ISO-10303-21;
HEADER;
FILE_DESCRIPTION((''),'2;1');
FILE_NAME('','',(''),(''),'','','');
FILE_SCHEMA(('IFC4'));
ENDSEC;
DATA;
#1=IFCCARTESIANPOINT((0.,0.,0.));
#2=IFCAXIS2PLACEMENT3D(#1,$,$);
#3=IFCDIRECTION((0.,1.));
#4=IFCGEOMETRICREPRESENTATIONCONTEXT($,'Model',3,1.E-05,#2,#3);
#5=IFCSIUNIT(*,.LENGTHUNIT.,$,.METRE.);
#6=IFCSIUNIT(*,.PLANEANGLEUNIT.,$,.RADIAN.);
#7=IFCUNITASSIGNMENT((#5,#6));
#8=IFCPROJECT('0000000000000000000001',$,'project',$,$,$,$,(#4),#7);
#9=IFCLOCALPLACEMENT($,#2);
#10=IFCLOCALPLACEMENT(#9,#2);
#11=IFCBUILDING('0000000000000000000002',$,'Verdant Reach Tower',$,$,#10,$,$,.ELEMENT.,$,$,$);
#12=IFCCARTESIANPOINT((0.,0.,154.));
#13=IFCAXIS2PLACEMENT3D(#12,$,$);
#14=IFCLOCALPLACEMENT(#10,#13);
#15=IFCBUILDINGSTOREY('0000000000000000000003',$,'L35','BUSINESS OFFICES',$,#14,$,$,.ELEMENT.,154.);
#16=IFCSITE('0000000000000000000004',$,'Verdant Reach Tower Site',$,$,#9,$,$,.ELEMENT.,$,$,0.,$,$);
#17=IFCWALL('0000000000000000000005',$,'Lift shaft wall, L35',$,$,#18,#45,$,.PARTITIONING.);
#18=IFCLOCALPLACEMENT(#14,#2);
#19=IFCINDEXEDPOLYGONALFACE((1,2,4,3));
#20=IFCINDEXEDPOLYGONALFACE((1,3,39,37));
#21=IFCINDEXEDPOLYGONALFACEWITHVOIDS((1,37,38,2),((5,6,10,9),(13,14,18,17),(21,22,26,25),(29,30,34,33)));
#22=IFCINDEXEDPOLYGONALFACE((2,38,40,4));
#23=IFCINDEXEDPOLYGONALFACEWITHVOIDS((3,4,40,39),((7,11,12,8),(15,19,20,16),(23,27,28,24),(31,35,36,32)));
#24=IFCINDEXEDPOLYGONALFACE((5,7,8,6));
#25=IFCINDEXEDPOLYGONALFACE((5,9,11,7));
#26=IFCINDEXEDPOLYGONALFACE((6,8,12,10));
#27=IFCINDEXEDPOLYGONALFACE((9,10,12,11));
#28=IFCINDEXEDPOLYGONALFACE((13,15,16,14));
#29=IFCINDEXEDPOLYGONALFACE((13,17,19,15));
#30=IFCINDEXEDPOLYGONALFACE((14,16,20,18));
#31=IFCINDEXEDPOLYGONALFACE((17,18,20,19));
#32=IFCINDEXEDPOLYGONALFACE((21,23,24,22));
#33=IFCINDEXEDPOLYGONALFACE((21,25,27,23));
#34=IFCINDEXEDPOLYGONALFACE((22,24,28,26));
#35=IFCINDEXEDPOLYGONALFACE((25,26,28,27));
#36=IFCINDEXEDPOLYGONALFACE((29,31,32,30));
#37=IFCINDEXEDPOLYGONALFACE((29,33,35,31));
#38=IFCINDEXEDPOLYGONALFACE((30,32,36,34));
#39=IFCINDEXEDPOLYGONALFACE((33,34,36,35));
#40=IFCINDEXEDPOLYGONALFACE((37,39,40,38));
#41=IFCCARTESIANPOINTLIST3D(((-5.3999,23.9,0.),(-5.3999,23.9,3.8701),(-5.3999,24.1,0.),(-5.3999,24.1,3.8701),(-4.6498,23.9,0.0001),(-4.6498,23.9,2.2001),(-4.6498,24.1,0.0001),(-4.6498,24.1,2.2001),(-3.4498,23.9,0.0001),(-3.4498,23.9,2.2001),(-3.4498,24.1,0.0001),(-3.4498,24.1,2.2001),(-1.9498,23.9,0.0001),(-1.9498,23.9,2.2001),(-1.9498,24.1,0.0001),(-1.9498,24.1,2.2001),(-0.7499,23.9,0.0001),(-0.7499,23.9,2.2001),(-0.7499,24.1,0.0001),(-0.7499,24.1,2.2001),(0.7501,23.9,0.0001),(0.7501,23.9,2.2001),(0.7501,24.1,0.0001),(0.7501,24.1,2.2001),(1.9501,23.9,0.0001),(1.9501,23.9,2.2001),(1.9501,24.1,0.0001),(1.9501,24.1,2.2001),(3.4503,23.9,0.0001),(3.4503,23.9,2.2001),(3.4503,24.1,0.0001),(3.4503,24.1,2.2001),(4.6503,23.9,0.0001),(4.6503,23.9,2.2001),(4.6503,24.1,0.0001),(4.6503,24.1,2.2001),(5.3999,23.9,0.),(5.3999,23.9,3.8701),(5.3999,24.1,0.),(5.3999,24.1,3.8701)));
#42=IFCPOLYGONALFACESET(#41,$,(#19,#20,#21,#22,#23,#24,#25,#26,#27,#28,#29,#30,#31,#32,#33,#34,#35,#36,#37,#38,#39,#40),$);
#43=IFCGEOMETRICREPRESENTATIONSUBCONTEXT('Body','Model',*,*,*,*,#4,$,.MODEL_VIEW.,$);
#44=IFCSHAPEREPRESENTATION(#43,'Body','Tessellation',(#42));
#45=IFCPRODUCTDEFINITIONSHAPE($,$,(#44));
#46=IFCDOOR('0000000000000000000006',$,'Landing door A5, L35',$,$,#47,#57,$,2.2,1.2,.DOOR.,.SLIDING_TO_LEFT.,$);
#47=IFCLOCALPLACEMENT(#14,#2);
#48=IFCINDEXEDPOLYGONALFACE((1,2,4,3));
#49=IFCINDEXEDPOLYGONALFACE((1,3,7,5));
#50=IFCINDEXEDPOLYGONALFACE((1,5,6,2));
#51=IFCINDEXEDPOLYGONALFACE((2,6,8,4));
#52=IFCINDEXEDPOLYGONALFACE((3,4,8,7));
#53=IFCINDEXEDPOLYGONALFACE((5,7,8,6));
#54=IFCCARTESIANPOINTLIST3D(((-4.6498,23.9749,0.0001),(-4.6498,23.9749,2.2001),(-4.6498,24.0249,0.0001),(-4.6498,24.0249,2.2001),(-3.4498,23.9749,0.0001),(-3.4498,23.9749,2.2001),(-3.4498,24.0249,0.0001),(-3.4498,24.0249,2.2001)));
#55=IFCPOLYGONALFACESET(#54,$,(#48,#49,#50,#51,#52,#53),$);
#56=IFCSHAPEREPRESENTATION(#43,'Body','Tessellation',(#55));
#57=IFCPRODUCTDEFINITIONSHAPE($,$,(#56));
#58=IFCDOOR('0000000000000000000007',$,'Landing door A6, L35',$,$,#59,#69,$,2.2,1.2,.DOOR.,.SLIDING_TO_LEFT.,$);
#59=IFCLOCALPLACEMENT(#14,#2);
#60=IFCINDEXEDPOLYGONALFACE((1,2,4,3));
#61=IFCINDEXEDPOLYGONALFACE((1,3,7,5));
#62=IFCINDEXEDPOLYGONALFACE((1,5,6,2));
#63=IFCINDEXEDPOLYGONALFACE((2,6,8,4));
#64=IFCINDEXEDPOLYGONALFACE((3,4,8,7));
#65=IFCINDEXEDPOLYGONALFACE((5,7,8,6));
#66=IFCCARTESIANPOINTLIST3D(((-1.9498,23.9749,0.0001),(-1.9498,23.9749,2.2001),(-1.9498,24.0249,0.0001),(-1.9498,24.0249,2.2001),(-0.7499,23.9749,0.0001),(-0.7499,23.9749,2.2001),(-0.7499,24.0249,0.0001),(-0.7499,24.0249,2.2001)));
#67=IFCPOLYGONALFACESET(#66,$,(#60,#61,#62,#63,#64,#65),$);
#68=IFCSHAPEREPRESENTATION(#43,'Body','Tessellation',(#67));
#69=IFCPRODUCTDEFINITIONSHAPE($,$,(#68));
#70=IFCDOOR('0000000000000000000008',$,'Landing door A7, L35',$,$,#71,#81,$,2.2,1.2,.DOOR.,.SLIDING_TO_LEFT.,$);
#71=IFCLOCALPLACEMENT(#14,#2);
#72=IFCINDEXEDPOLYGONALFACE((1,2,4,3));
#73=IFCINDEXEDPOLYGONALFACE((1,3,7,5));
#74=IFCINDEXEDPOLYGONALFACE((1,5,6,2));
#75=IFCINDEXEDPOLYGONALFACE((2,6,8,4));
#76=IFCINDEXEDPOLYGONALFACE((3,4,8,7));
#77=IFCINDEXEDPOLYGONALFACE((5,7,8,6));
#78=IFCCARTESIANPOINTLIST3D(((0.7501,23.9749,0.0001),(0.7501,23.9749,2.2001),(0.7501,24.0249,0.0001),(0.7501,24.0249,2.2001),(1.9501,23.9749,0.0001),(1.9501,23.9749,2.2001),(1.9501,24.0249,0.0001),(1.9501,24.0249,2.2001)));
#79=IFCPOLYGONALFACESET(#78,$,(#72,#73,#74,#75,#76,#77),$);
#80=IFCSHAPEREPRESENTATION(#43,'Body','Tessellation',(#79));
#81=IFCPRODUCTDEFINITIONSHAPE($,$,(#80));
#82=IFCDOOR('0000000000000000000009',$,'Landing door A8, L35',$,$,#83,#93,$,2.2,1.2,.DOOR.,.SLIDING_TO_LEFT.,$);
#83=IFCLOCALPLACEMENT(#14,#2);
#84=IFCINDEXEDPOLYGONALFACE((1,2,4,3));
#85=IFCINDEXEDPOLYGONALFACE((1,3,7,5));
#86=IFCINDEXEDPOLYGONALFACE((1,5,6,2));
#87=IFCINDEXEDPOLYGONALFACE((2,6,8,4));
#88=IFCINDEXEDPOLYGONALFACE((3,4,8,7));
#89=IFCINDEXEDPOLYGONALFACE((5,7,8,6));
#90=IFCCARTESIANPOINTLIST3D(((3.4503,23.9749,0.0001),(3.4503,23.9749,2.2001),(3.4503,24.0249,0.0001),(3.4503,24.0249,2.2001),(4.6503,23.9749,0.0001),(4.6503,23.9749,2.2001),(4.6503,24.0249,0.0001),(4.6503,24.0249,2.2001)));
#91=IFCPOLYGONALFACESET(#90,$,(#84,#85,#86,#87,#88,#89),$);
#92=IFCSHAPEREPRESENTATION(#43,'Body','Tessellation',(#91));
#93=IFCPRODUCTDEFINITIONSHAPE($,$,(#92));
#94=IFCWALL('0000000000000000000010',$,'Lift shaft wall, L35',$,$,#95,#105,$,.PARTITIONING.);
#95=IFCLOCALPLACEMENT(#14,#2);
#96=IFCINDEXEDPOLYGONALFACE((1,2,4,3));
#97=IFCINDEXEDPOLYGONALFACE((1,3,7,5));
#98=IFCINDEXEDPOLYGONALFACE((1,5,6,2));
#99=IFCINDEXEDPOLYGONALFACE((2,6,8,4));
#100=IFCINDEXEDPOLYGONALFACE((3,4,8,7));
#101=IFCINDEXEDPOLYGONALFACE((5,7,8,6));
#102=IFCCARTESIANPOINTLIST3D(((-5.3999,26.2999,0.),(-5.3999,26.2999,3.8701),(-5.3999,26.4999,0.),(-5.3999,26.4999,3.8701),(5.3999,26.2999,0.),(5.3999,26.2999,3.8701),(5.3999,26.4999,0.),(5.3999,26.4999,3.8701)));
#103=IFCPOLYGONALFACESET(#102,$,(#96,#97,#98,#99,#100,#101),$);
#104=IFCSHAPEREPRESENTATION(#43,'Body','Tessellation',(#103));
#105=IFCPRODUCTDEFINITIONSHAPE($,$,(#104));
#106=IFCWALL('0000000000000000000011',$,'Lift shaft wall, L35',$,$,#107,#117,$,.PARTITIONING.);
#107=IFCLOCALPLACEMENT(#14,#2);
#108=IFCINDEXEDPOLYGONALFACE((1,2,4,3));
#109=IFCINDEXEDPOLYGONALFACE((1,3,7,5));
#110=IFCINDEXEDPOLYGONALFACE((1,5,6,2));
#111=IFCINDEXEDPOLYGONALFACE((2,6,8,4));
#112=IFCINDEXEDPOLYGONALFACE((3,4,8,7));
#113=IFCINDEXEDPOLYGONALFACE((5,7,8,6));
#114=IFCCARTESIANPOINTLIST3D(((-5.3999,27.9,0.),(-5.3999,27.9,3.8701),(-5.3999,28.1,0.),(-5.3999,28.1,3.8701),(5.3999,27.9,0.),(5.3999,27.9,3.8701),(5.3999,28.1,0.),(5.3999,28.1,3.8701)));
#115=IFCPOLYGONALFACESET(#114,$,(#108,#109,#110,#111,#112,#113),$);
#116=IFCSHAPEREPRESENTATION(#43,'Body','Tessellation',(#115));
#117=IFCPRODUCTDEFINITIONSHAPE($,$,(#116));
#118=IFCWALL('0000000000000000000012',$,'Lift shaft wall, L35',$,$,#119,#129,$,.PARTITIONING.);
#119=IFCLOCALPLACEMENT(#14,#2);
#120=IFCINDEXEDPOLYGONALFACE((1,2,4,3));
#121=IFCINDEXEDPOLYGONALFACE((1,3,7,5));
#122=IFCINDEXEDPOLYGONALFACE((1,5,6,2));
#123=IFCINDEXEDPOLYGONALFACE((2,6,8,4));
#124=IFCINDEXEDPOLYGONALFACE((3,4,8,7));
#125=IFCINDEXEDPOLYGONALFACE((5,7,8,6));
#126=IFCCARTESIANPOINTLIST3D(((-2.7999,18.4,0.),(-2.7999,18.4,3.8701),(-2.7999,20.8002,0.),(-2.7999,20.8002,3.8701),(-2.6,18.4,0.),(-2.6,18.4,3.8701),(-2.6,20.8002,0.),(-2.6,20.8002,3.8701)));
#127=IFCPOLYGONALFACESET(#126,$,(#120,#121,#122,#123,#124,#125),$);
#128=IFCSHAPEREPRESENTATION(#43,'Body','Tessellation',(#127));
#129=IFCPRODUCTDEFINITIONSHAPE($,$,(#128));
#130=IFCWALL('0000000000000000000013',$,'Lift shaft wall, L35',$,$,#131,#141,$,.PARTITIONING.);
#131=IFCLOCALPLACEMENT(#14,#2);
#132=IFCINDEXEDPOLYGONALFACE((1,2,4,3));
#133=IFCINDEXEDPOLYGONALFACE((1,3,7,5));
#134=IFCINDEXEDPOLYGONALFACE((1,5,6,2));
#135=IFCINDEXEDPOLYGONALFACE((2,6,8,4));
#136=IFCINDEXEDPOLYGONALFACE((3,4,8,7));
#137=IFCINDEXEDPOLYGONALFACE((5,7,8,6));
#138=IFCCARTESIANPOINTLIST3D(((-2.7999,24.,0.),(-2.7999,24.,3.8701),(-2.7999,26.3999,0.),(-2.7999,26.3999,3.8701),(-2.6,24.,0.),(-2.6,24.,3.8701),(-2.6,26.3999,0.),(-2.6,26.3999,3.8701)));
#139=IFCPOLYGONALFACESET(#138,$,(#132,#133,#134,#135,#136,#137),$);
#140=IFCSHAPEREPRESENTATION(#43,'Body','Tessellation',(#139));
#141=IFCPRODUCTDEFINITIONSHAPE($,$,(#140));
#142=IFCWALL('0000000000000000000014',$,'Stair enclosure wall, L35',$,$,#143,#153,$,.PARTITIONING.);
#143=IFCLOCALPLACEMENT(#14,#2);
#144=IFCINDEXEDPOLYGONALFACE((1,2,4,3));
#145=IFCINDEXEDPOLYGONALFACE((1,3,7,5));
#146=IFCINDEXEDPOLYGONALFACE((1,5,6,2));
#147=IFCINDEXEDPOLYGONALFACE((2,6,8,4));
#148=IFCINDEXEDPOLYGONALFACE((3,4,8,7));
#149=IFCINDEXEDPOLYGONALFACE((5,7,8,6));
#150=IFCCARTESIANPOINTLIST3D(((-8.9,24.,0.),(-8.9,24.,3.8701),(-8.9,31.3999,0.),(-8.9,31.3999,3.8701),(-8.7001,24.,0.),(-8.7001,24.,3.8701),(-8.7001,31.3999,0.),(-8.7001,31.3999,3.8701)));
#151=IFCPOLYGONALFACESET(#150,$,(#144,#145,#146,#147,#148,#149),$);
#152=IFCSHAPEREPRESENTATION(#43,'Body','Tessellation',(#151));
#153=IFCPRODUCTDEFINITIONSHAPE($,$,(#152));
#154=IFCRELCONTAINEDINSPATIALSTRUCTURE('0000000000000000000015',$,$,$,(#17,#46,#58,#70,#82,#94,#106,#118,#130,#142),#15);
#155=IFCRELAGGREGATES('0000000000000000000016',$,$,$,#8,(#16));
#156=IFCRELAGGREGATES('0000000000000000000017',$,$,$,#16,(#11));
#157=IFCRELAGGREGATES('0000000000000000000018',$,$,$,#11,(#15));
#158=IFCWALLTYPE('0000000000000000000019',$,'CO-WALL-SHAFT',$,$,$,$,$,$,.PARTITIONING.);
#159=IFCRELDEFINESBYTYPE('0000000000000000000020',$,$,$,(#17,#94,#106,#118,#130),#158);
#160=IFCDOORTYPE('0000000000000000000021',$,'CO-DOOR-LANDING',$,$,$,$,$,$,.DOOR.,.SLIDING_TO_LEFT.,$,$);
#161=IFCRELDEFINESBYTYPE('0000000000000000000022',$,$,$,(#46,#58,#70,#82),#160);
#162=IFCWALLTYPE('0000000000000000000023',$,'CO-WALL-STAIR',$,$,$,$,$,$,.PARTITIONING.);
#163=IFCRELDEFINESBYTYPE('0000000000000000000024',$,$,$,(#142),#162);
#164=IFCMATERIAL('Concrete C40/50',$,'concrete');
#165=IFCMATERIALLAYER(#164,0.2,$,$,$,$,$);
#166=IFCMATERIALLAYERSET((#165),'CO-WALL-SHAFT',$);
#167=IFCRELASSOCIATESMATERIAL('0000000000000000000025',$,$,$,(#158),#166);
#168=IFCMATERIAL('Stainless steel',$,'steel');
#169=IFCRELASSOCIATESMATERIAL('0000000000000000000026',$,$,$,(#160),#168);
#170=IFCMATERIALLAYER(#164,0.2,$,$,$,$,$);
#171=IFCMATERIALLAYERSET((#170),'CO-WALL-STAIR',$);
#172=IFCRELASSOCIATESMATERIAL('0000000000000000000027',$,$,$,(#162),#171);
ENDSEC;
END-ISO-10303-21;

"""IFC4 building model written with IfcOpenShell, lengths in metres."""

from ifc_helpers import new_model, si_unit, direction, frame, frame_2d, origin, place, context, subcontext, project, spatial, rectangle, extrude, material, layer, layer_set, type_object, element, fill, save


model = new_model("IFC4")

# Units and contexts
model_context = context("Model", 3, precision=1e-05, world=origin(), true_north=direction((0.0, 1.0)))
body_context = subcontext(model_context, "Body", "Model", "MODEL_VIEW")
ifc_project = project(units=[si_unit("LENGTHUNIT", "METRE"), si_unit("PLANEANGLEUNIT", "RADIAN")], contexts=[model_context])

# Site, building, storey
site_placement = place(None, origin())
site = spatial("IfcSite", under=ifc_project, at=site_placement, Name="Verdant Reach Tower Site", CompositionType="ELEMENT", RefElevation=0.0)
building_placement = place(site_placement, origin())
building = spatial("IfcBuilding", under=site, at=building_placement, Name="Verdant Reach Tower", CompositionType="ELEMENT")
storey_placement = place(building_placement, frame((0.0, 0.0, 154.0)))
storey = spatial("IfcBuildingStorey", under=building, at=storey_placement, Name="L35", Description="BUSINESS OFFICES", CompositionType="ELEMENT", Elevation=154.0)

# Wall, openings, doors
ifc_material_1 = material(Name="Concrete C40/50", Category="concrete")
ifc_layer_1 = layer(ifc_material_1, 0.2)
ifc_layer_set_1 = layer_set([ifc_layer_1], Name="CO-WALL-SHAFT")
wall_type_1 = type_object("IfcWallType", Name="CO-WALL-SHAFT", PredefinedType="PARTITIONING", material=ifc_layer_set_1)
ifc_material_2 = material(Name="Stainless steel", Category="steel")
door_type_1 = type_object("IfcDoorType", Name="CO-DOOR-LANDING", OperationType="SLIDING_TO_LEFT", PredefinedType="DOOR", material=ifc_material_2)
wall_1_placement = place(storey_placement, frame((-5.3999, 24.0, 0.0), z_axis=(0.0, 0.0, 1.0), x_axis=(1.0, 0.0, 0.0)))
wall_1 = element("IfcWall", 1, at=wall_1_placement, inside=storey, type_object=wall_type_1, Name="Lift shaft wall, L35", PredefinedType="PARTITIONING", context=body_context, shape_type="SweptSolid", body=[
    extrude(rectangle(XDim=10.7998, YDim=0.2, at=frame_2d((5.3999, 0.0))), origin(), (0.0, 0.0, 1.0), 3.8701),
])
opening_1_placement = place(wall_1_placement, frame((0.75, 0.0, 0.0)))
opening_1 = element("IfcOpeningElement", 2, at=opening_1_placement, cuts=wall_1, PredefinedType="OPENING", context=body_context, shape_type="SweptSolid", body=[
    extrude(rectangle(XDim=1.2, YDim=2.2, at=frame_2d((0.6001, 1.1001))), frame((0.0, 0.1099, 0.0), z_axis=(0.0, -1.0, 0.0), x_axis=(1.0, 0.0, 0.0)), (0.0, 0.0, 1.0), 0.22),
])
opening_2_placement = place(wall_1_placement, frame((3.45, 0.0, 0.0)))
opening_2 = element("IfcOpeningElement", 3, at=opening_2_placement, cuts=wall_1, PredefinedType="OPENING", context=body_context, shape_type="SweptSolid", body=[
    extrude(rectangle(XDim=1.2, YDim=2.2, at=frame_2d((0.6001, 1.1001))), frame((0.0, 0.1099, 0.0), z_axis=(0.0, -1.0, 0.0), x_axis=(1.0, 0.0, 0.0)), (0.0, 0.0, 1.0), 0.22),
])
opening_3_placement = place(wall_1_placement, frame((6.1499, 0.0, 0.0)))
opening_3 = element("IfcOpeningElement", 4, at=opening_3_placement, cuts=wall_1, PredefinedType="OPENING", context=body_context, shape_type="SweptSolid", body=[
    extrude(rectangle(XDim=1.2, YDim=2.2, at=frame_2d((0.6001, 1.1001))), frame((0.0, 0.1099, 0.0), z_axis=(0.0, -1.0, 0.0), x_axis=(1.0, 0.0, 0.0)), (0.0, 0.0, 1.0), 0.22),
])
opening_4_placement = place(wall_1_placement, frame((8.8501, 0.0, 0.0)))
opening_4 = element("IfcOpeningElement", 5, at=opening_4_placement, cuts=wall_1, PredefinedType="OPENING", context=body_context, shape_type="SweptSolid", body=[
    extrude(rectangle(XDim=1.2, YDim=2.2, at=frame_2d((0.6001, 1.1001))), frame((0.0, 0.1099, 0.0), z_axis=(0.0, -1.0, 0.0), x_axis=(1.0, 0.0, 0.0)), (0.0, 0.0, 1.0), 0.22),
])
door_1_placement = place(opening_1_placement, origin())
door_1 = element("IfcDoor", 6, at=door_1_placement, inside=storey, type_object=door_type_1, Name="Landing door A5, L35", OperationType="SLIDING_TO_LEFT", OverallHeight=2.2, OverallWidth=1.2, PredefinedType="DOOR", context=body_context, shape_type="SweptSolid", body=[
    extrude(rectangle(XDim=1.2, YDim=2.2, at=frame_2d((0.6001, 1.1001))), frame((0.0, 0.0249, 0.0), z_axis=(0.0, -1.0, 0.0), x_axis=(1.0, 0.0, 0.0)), (0.0, 0.0, 1.0), 0.05),
])
fill(opening_1, door_1)
door_2_placement = place(opening_2_placement, origin())
door_2 = element("IfcDoor", 7, at=door_2_placement, inside=storey, type_object=door_type_1, Name="Landing door A6, L35", OperationType="SLIDING_TO_LEFT", OverallHeight=2.2, OverallWidth=1.2, PredefinedType="DOOR", context=body_context, shape_type="SweptSolid", body=[
    extrude(rectangle(XDim=1.2, YDim=2.2, at=frame_2d((0.6001, 1.1001))), frame((0.0, 0.0249, 0.0), z_axis=(0.0, -1.0, 0.0), x_axis=(1.0, 0.0, 0.0)), (0.0, 0.0, 1.0), 0.05),
])
fill(opening_2, door_2)
door_3_placement = place(opening_3_placement, origin())
door_3 = element("IfcDoor", 8, at=door_3_placement, inside=storey, type_object=door_type_1, Name="Landing door A7, L35", OperationType="SLIDING_TO_LEFT", OverallHeight=2.2, OverallWidth=1.2, PredefinedType="DOOR", context=body_context, shape_type="SweptSolid", body=[
    extrude(rectangle(XDim=1.2, YDim=2.2, at=frame_2d((0.6001, 1.1001))), frame((0.0, 0.0249, 0.0), z_axis=(0.0, -1.0, 0.0), x_axis=(1.0, 0.0, 0.0)), (0.0, 0.0, 1.0), 0.05),
])
fill(opening_3, door_3)
door_4_placement = place(opening_4_placement, origin())
door_4 = element("IfcDoor", 9, at=door_4_placement, inside=storey, type_object=door_type_1, Name="Landing door A8, L35", OperationType="SLIDING_TO_LEFT", OverallHeight=2.2, OverallWidth=1.2, PredefinedType="DOOR", context=body_context, shape_type="SweptSolid", body=[
    extrude(rectangle(XDim=1.2, YDim=2.2, at=frame_2d((0.6001, 1.1001))), frame((0.0, 0.0249, 0.0), z_axis=(0.0, -1.0, 0.0), x_axis=(1.0, 0.0, 0.0)), (0.0, 0.0, 1.0), 0.05),
])
fill(opening_4, door_4)

# Walls
for number, where, z_axis, x_axis, name in (
    (10, (-5.3999, 26.3999, 0.0), (0.0, 0.0, 1.0), (1.0, 0.0, 0.0), "Lift shaft wall, L35"),
    (11, (-5.3999, 28.0, 0.0), (0.0, 0.0, 1.0), (1.0, 0.0, 0.0), "Lift shaft wall, L35"),
):
    element("IfcWall", number, at=place(storey_placement, frame(where, z_axis=z_axis, x_axis=x_axis)), inside=storey, type_object=wall_type_1, Name=name, PredefinedType="PARTITIONING", context=body_context, shape_type="SweptSolid", body=[
        extrude(rectangle(XDim=10.7998, YDim=0.2, at=frame_2d((5.3999, 0.0))), origin(), (0.0, 0.0, 1.0), 3.8701),
    ])
wall_2_placement = place(storey_placement, frame((-2.7, 18.3999, 0.0), z_axis=(0.0, 0.0, 1.0), x_axis=(0.0, 1.0, 0.0)))
element("IfcWall", 12, at=wall_2_placement, inside=storey, type_object=wall_type_1, Name="Lift shaft wall, L35", PredefinedType="PARTITIONING", context=body_context, shape_type="SweptSolid", body=[
    extrude(rectangle(XDim=2.4001, YDim=0.2, at=frame_2d((1.2002, 0.0))), origin(), (0.0, 0.0, 1.0), 3.8701),
])
wall_3_placement = place(storey_placement, frame((-2.7, 24.0, 0.0), z_axis=(0.0, 0.0, 1.0), x_axis=(0.0, 1.0, 0.0)))
element("IfcWall", 13, at=wall_3_placement, inside=storey, type_object=wall_type_1, Name="Lift shaft wall, L35", PredefinedType="PARTITIONING", context=body_context, shape_type="SweptSolid", body=[
    extrude(rectangle(XDim=2.3999, YDim=0.2, at=frame_2d((1.2, 0.0))), origin(), (0.0, 0.0, 1.0), 3.8701),
])
ifc_layer_2 = layer(ifc_material_1, 0.2)
ifc_layer_set_2 = layer_set([ifc_layer_2], Name="CO-WALL-STAIR")
wall_type_2 = type_object("IfcWallType", Name="CO-WALL-STAIR", PredefinedType="PARTITIONING", material=ifc_layer_set_2)
wall_4_placement = place(storey_placement, frame((-8.8, 24.0, 0.0), z_axis=(0.0, 0.0, 1.0), x_axis=(0.0, 1.0, 0.0)))
element("IfcWall", 14, at=wall_4_placement, inside=storey, type_object=wall_type_2, Name="Stair enclosure wall, L35", PredefinedType="PARTITIONING", context=body_context, shape_type="SweptSolid", body=[
    extrude(rectangle(XDim=7.3999, YDim=0.2, at=frame_2d((3.7, 0.0))), origin(), (0.0, 0.0, 1.0), 3.8701),
])

save(model, "model.ifc")
